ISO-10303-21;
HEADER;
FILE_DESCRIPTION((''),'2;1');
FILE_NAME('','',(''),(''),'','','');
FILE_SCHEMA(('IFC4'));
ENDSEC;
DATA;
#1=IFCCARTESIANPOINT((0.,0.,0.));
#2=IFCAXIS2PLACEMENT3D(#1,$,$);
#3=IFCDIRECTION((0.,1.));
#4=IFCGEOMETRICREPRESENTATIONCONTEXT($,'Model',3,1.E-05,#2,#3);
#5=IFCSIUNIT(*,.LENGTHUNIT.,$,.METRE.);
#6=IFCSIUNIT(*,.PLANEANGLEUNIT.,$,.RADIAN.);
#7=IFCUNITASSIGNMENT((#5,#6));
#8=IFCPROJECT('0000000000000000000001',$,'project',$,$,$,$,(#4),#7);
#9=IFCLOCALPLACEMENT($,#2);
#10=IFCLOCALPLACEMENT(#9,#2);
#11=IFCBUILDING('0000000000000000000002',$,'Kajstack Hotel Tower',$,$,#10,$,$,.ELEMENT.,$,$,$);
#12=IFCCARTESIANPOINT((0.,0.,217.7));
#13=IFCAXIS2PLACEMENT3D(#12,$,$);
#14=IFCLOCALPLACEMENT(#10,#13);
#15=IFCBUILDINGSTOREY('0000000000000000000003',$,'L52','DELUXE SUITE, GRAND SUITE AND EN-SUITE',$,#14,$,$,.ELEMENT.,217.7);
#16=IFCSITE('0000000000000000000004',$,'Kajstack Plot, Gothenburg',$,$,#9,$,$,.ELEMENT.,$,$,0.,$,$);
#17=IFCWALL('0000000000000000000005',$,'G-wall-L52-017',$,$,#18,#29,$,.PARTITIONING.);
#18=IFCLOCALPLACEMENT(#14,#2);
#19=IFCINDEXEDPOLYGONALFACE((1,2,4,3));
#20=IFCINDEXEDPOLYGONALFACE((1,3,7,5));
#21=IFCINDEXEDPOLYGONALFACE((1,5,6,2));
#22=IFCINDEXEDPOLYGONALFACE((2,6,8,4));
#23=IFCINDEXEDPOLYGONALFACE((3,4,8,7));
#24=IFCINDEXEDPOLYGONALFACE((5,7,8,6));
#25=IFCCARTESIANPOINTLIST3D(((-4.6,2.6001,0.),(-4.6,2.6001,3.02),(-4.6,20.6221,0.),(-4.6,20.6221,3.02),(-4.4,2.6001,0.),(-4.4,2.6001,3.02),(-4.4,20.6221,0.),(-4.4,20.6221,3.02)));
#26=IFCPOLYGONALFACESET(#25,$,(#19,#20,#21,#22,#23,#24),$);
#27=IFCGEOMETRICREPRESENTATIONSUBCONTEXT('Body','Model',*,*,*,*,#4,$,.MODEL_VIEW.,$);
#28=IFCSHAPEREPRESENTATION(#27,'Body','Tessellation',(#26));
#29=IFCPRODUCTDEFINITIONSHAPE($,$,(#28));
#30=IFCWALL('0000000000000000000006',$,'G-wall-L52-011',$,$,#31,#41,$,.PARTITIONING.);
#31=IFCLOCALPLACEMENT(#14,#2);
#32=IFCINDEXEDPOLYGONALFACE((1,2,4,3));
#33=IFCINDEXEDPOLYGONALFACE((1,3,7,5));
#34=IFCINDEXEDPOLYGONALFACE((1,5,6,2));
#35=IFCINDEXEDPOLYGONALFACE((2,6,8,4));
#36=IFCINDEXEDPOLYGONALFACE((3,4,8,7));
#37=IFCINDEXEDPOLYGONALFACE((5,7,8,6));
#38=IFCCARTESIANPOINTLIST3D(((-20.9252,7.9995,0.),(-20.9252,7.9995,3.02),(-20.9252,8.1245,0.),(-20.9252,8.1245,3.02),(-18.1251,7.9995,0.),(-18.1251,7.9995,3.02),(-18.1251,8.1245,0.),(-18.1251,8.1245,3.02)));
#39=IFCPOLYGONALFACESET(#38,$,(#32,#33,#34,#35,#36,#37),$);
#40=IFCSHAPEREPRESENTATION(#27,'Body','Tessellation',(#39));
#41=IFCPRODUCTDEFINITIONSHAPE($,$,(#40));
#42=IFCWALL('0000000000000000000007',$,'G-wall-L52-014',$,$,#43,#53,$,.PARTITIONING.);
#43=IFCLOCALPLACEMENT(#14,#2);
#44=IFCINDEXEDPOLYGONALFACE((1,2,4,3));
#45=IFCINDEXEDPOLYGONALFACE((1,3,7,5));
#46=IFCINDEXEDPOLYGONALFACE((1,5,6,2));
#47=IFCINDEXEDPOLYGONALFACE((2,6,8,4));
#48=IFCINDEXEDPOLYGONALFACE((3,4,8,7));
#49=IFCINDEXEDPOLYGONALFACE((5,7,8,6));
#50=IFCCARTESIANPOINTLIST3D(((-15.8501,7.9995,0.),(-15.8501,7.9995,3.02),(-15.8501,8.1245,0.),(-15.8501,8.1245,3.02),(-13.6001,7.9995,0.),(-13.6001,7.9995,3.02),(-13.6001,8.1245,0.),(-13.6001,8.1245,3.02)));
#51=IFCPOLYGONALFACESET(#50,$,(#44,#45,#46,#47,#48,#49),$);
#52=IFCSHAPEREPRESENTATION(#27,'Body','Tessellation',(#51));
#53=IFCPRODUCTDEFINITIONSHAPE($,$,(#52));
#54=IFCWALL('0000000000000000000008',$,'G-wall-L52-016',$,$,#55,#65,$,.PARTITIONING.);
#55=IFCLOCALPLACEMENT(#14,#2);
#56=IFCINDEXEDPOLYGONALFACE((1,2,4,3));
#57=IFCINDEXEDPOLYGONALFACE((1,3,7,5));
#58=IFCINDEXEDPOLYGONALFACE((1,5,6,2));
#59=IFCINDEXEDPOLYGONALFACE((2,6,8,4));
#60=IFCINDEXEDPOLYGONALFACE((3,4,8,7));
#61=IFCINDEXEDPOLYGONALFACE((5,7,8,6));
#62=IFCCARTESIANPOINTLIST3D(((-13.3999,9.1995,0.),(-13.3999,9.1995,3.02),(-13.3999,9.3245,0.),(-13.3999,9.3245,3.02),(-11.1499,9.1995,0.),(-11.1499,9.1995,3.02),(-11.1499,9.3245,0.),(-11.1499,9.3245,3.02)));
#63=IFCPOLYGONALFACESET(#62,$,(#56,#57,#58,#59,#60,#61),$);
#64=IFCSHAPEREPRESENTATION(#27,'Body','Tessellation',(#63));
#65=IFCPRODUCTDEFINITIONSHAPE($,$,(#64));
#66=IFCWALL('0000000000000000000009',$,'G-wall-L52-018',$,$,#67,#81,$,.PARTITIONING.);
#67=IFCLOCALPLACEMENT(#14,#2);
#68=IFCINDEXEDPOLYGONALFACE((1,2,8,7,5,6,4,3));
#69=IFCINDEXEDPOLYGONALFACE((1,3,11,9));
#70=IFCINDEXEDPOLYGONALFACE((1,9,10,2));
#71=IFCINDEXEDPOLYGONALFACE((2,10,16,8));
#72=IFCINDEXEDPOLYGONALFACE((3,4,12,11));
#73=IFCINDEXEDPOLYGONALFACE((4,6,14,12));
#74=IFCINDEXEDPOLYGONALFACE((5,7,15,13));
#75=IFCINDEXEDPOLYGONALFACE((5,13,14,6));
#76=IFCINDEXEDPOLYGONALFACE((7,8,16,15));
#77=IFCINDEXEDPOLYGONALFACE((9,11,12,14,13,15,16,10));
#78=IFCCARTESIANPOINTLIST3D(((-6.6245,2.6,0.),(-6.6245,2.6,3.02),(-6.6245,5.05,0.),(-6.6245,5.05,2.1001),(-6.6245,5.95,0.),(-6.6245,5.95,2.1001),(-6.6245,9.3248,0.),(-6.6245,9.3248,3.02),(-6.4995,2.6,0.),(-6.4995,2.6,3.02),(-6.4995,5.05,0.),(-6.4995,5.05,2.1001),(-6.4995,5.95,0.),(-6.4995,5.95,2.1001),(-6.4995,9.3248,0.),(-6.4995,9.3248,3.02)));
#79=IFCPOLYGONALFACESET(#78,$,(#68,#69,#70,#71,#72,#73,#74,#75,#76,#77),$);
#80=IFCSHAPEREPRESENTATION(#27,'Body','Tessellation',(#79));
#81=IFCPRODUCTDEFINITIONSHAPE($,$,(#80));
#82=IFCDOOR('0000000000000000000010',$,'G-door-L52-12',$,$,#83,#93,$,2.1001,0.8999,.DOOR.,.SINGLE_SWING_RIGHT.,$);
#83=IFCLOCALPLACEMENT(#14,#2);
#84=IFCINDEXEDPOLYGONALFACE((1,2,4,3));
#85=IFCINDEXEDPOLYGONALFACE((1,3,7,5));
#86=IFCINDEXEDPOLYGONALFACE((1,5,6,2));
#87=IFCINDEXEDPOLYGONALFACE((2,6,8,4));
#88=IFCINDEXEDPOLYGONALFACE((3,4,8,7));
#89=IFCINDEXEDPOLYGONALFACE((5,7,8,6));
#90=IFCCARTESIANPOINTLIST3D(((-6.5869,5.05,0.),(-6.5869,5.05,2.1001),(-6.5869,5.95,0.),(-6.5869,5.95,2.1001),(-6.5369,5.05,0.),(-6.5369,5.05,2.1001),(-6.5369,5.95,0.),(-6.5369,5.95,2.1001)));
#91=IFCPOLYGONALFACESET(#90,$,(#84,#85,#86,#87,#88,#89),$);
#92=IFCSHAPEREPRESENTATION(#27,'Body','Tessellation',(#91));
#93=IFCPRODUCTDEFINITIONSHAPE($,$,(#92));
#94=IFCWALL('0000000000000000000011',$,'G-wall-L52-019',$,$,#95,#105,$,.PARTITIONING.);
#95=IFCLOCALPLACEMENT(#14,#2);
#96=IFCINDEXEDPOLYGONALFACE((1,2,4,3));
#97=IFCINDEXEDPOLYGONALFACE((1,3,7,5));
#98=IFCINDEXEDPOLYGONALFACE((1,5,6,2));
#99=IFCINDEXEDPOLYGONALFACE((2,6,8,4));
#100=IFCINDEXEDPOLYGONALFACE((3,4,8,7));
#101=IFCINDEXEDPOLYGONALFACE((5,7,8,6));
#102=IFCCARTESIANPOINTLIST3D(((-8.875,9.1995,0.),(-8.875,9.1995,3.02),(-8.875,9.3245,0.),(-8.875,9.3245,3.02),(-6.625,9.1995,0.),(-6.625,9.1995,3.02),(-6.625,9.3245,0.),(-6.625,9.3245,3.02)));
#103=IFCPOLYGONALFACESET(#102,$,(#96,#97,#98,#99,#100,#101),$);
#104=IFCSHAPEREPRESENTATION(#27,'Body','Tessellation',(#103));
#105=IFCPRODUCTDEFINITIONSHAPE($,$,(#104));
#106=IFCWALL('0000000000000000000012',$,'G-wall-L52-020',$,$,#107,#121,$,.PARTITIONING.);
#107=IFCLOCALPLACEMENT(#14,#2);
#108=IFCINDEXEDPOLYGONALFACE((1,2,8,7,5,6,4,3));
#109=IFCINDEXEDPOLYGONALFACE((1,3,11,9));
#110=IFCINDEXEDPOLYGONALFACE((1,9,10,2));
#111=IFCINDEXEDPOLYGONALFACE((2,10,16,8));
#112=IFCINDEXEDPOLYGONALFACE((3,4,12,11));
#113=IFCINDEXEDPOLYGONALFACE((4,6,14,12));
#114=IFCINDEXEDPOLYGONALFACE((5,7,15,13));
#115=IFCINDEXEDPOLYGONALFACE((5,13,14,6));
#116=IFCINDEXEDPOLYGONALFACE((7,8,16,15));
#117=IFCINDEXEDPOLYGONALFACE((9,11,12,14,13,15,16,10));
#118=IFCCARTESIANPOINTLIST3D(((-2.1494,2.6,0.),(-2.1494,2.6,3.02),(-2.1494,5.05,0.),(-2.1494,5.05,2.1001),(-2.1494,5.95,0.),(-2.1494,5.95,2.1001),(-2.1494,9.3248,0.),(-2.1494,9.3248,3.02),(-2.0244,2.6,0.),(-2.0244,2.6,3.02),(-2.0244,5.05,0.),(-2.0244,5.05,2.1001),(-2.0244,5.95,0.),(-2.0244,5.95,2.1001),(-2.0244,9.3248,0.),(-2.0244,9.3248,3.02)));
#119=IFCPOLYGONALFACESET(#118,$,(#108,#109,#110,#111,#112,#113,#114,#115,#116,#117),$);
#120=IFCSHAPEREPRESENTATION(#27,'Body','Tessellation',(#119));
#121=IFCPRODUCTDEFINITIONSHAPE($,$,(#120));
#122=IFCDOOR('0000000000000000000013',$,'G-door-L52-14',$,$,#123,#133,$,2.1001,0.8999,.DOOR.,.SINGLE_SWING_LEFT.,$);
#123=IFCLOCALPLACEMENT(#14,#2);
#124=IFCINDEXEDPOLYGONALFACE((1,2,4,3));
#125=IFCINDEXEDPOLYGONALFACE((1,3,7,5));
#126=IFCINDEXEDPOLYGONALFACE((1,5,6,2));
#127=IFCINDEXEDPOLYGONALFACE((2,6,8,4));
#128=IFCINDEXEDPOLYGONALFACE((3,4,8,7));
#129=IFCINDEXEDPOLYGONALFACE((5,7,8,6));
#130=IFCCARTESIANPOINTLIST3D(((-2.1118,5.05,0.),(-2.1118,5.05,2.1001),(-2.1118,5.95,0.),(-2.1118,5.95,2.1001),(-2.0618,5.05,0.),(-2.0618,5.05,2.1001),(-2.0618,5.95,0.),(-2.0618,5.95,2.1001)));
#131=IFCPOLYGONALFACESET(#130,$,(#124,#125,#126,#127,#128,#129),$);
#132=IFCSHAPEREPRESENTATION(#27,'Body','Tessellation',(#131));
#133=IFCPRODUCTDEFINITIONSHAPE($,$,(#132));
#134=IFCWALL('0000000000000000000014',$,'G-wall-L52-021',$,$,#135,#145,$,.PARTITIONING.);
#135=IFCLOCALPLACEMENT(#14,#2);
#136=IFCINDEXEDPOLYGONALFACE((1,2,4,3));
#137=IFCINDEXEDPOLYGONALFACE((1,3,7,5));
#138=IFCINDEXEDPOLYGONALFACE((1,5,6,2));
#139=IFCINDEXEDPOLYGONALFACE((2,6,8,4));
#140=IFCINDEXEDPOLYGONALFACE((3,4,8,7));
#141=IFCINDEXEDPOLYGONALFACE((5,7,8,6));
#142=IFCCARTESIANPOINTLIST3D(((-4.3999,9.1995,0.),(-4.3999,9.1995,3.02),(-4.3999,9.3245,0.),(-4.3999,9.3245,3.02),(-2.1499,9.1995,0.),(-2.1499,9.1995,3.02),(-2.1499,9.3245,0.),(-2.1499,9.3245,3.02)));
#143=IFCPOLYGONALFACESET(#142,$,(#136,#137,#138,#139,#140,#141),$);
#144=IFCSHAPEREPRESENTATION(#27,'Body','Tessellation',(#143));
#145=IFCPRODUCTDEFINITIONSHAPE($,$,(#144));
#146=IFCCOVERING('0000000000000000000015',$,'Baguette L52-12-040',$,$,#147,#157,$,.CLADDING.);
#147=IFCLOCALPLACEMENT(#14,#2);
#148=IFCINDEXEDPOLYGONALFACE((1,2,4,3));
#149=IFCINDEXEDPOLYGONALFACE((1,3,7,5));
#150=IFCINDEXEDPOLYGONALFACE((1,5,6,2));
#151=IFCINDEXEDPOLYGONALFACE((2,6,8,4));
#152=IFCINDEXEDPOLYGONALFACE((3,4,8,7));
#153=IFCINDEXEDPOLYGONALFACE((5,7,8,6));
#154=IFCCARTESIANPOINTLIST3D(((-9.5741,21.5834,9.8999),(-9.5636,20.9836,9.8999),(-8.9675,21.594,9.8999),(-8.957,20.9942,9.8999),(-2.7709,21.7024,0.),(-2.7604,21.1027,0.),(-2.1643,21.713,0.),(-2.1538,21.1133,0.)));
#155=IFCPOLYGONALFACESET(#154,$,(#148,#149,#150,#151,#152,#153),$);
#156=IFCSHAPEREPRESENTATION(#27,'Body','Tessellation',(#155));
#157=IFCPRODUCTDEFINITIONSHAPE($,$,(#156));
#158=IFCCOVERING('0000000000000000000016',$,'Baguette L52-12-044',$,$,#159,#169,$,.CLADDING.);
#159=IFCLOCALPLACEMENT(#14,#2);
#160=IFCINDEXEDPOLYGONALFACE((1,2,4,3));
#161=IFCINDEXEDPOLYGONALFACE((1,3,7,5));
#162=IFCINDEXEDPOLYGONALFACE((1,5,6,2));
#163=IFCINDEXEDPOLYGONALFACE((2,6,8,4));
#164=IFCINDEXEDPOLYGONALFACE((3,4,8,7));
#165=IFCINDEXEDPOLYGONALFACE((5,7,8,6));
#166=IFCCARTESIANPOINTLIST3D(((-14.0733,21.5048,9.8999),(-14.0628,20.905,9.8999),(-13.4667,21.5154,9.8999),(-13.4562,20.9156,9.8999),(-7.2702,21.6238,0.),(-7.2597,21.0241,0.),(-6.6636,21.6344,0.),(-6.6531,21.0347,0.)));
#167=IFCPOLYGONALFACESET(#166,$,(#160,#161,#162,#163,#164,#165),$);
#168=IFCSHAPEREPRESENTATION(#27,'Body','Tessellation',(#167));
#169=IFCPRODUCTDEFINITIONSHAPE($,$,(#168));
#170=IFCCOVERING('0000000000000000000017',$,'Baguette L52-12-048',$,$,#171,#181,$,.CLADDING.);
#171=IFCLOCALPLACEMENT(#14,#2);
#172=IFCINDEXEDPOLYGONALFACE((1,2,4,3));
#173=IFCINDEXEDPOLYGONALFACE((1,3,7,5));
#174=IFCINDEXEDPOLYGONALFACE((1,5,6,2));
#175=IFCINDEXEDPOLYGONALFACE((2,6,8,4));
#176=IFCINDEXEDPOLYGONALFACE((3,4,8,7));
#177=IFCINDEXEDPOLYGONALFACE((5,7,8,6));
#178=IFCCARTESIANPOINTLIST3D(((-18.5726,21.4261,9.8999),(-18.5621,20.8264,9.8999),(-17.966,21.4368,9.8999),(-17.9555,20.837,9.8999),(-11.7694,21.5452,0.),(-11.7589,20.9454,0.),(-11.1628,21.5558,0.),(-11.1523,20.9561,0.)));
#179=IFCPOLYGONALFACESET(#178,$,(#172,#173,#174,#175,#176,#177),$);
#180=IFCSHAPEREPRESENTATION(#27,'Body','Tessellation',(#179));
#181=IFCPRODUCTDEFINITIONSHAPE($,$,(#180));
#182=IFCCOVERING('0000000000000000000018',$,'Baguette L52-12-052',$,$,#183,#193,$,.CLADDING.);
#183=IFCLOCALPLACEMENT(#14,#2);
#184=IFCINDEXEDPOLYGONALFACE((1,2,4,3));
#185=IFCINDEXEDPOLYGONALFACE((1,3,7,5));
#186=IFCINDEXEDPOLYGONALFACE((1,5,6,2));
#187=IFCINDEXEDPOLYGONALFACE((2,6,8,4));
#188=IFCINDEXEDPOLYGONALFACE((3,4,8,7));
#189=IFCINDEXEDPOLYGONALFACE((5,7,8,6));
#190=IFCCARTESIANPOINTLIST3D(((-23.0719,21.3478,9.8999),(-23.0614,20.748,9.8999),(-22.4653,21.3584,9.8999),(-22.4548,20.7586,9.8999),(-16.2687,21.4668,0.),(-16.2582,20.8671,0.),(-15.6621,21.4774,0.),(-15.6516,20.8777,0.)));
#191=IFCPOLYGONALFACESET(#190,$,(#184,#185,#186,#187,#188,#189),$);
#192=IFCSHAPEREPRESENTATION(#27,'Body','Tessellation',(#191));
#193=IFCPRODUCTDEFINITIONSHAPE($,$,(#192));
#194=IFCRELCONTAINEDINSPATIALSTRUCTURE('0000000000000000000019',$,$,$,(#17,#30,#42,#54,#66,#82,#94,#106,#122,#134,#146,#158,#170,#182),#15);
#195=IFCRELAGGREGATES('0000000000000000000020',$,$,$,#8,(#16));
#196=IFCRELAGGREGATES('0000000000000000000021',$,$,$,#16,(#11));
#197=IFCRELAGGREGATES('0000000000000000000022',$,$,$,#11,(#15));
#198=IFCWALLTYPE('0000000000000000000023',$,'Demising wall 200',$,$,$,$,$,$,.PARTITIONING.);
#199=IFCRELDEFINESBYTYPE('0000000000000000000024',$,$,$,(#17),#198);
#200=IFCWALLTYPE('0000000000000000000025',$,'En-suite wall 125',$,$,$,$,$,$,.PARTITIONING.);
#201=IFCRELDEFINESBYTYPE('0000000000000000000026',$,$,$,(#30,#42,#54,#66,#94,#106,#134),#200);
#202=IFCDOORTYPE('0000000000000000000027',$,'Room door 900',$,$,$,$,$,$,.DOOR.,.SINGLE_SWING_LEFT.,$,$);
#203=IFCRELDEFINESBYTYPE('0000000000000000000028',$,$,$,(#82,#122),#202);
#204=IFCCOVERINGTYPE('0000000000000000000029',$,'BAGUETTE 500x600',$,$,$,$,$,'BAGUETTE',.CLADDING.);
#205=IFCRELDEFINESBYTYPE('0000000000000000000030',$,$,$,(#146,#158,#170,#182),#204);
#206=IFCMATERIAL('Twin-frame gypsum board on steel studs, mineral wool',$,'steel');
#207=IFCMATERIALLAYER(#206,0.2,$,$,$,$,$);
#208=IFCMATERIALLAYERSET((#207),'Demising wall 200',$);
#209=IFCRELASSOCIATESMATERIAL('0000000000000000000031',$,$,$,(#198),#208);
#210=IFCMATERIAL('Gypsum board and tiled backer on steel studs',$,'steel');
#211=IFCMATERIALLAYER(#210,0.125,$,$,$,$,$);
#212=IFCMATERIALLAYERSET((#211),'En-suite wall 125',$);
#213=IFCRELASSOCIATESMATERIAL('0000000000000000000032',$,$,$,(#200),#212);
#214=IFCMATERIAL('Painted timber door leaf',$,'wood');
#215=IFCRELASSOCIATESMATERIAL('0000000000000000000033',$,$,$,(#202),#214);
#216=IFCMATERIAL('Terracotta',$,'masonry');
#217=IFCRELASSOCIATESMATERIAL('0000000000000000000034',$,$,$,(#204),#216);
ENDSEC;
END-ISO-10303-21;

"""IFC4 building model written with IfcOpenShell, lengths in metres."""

from ifc_helpers import new_model, si_unit, direction, frame, frame_2d, origin, origin_2d, place, context, subcontext, project, spatial, polyline, rectangle, outline, extrude, material, layer, layer_set, material_profile, profile_set, type_object, element, fill, save


model = new_model("IFC4")

# Units and contexts
model_context = context("Model", 3, precision=1e-05, world=origin(), true_north=direction((0.0, 1.0)))
body_context = subcontext(model_context, "Body", "Model", "MODEL_VIEW")
ifc_project = project(units=[si_unit("LENGTHUNIT", "METRE"), si_unit("PLANEANGLEUNIT", "RADIAN")], contexts=[model_context])

# Site, building, storey
site_placement = place(None, origin())
site = spatial("IfcSite", under=ifc_project, at=site_placement, Name="Kajstack Plot, Gothenburg", CompositionType="ELEMENT", RefElevation=0.0)
building_placement = place(site_placement, origin())
building = spatial("IfcBuilding", under=site, at=building_placement, Name="Kajstack Hotel Tower", CompositionType="ELEMENT")
storey_placement = place(building_placement, frame((0.0, 0.0, 217.7)))
storey = spatial("IfcBuildingStorey", under=building, at=storey_placement, Name="L52", Description="DELUXE SUITE, GRAND SUITE AND EN-SUITE", CompositionType="ELEMENT", Elevation=217.7)

# Walls
ifc_material_1 = material(Name="Twin-frame gypsum board on steel studs, mineral wool", Category="steel")
ifc_layer_1 = layer(ifc_material_1, 0.2)
ifc_layer_set_1 = layer_set([ifc_layer_1], Name="Demising wall 200")
wall_type_1 = type_object("IfcWallType", Name="Demising wall 200", PredefinedType="PARTITIONING", material=ifc_layer_set_1)
wall_1_placement = place(storey_placement, frame((-4.5, 2.6001, 0.0), z_axis=(0.0, 0.0, 1.0), x_axis=(0.0, 1.0, 0.0)))
element("IfcWall", 1, at=wall_1_placement, inside=storey, type_object=wall_type_1, Name="G-wall-L52-017", PredefinedType="PARTITIONING", context=body_context, shape_type="SweptSolid", body=[
    extrude(rectangle(XDim=18.022, YDim=0.2, at=frame_2d((9.011, 0.0))), origin(), (0.0, 0.0, 1.0), 3.02),
])
ifc_material_2 = material(Name="Gypsum board and tiled backer on steel studs", Category="steel")
ifc_layer_2 = layer(ifc_material_2, 0.125)
ifc_layer_set_2 = layer_set([ifc_layer_2], Name="En-suite wall 125")
wall_type_2 = type_object("IfcWallType", Name="En-suite wall 125", PredefinedType="PARTITIONING", material=ifc_layer_set_2)
wall_2_placement = place(storey_placement, frame((-20.925, 8.062, 0.0), z_axis=(0.0, 0.0, 1.0), x_axis=(1.0, 0.0, 0.0)))
element("IfcWall", 2, at=wall_2_placement, inside=storey, type_object=wall_type_2, Name="G-wall-L52-011", PredefinedType="PARTITIONING", context=body_context, shape_type="SweptSolid", body=[
    extrude(rectangle(XDim=2.8, YDim=0.125, at=frame_2d((1.3999, 0.0))), origin(), (0.0, 0.0, 1.0), 3.02),
])
for number, where, z_axis, x_axis, name in (
    (3, (-15.8501, 8.062, 0.0), (0.0, 0.0, 1.0), (1.0, 0.0, 0.0), "G-wall-L52-014"),
    (4, (-13.3999, 9.262, 0.0), (0.0, 0.0, 1.0), (1.0, 0.0, 0.0), "G-wall-L52-016"),
):
    element("IfcWall", number, at=place(storey_placement, frame(where, z_axis=z_axis, x_axis=x_axis)), inside=storey, type_object=wall_type_2, Name=name, PredefinedType="PARTITIONING", context=body_context, shape_type="SweptSolid", body=[
        extrude(rectangle(XDim=2.25, YDim=0.125, at=frame_2d((1.125, 0.0))), origin(), (0.0, 0.0, 1.0), 3.02),
    ])

# Wall, opening, door
wall_3_placement = place(storey_placement, frame((-6.562, 2.6001, 0.0), z_axis=(0.0, 0.0, 1.0), x_axis=(0.0, 1.0, 0.0)))
wall_3 = element("IfcWall", 5, at=wall_3_placement, inside=storey, type_object=wall_type_2, Name="G-wall-L52-018", PredefinedType="PARTITIONING", context=body_context, shape_type="SweptSolid", body=[
    extrude(rectangle(XDim=6.7249, YDim=0.125, at=frame_2d((3.3623, 0.0))), origin(), (0.0, 0.0, 1.0), 3.02),
])
opening_1_placement = place(wall_3_placement, frame((2.45, 0.0, 0.0)))
opening_1 = element("IfcOpeningElement", 6, at=opening_1_placement, cuts=wall_3, PredefinedType="OPENING", context=body_context, shape_type="SweptSolid", body=[
    extrude(rectangle(XDim=0.8999, YDim=2.1001, at=frame_2d((0.45, 1.05))), frame((0.0, 0.0725, 0.0), z_axis=(0.0, -1.0, 0.0), x_axis=(1.0, 0.0, 0.0)), (0.0, 0.0, 1.0), 0.145),
])
ifc_material_3 = material(Name="Painted timber door leaf", Category="wood")
door_type = type_object("IfcDoorType", Name="Room door 900", OperationType="SINGLE_SWING_LEFT", PredefinedType="DOOR", material=ifc_material_3)
door_1_placement = place(opening_1_placement, origin())
door_1 = element("IfcDoor", 7, at=door_1_placement, inside=storey, type_object=door_type, Name="G-door-L52-12", OperationType="SINGLE_SWING_RIGHT", OverallHeight=2.1001, OverallWidth=0.8999, PredefinedType="DOOR", context=body_context, shape_type="SweptSolid", body=[
    extrude(rectangle(XDim=0.8999, YDim=2.1001, at=frame_2d((0.45, 1.05))), frame((0.0, 0.0249, 0.0), z_axis=(0.0, -1.0, 0.0), x_axis=(1.0, 0.0, 0.0)), (0.0, 0.0, 1.0), 0.05),
])
fill(opening_1, door_1)

# Wall
wall_4_placement = place(storey_placement, frame((-8.875, 9.262, 0.0), z_axis=(0.0, 0.0, 1.0), x_axis=(1.0, 0.0, 0.0)))
element("IfcWall", 8, at=wall_4_placement, inside=storey, type_object=wall_type_2, Name="G-wall-L52-019", PredefinedType="PARTITIONING", context=body_context, shape_type="SweptSolid", body=[
    extrude(rectangle(XDim=2.25, YDim=0.125, at=frame_2d((1.125, 0.0))), origin(), (0.0, 0.0, 1.0), 3.02),
])

# Wall, opening, door
wall_5_placement = place(storey_placement, frame((-2.0869, 2.6001, 0.0), z_axis=(0.0, 0.0, 1.0), x_axis=(0.0, 1.0, 0.0)))
wall_5 = element("IfcWall", 9, at=wall_5_placement, inside=storey, type_object=wall_type_2, Name="G-wall-L52-020", PredefinedType="PARTITIONING", context=body_context, shape_type="SweptSolid", body=[
    extrude(rectangle(XDim=6.7249, YDim=0.125, at=frame_2d((3.3623, 0.0))), origin(), (0.0, 0.0, 1.0), 3.02),
])
opening_2_placement = place(wall_5_placement, frame((2.45, 0.0, 0.0)))
opening_2 = element("IfcOpeningElement", 10, at=opening_2_placement, cuts=wall_5, PredefinedType="OPENING", context=body_context, shape_type="SweptSolid", body=[
    extrude(rectangle(XDim=0.8999, YDim=2.1001, at=frame_2d((0.45, 1.05))), frame((0.0, 0.0725, 0.0), z_axis=(0.0, -1.0, 0.0), x_axis=(1.0, 0.0, 0.0)), (0.0, 0.0, 1.0), 0.145),
])
door_2_placement = place(opening_2_placement, origin())
door_2 = element("IfcDoor", 11, at=door_2_placement, inside=storey, type_object=door_type, Name="G-door-L52-14", OperationType="SINGLE_SWING_LEFT", OverallHeight=2.1001, OverallWidth=0.8999, PredefinedType="DOOR", context=body_context, shape_type="SweptSolid", body=[
    extrude(rectangle(XDim=0.8999, YDim=2.1001, at=frame_2d((0.45, 1.05))), frame((0.0, 0.0249, 0.0), z_axis=(0.0, -1.0, 0.0), x_axis=(1.0, 0.0, 0.0)), (0.0, 0.0, 1.0), 0.05),
])
fill(opening_2, door_2)

# Wall
wall_6_placement = place(storey_placement, frame((-4.3999, 9.262, 0.0), z_axis=(0.0, 0.0, 1.0), x_axis=(1.0, 0.0, 0.0)))
element("IfcWall", 12, at=wall_6_placement, inside=storey, type_object=wall_type_2, Name="G-wall-L52-021", PredefinedType="PARTITIONING", context=body_context, shape_type="SweptSolid", body=[
    extrude(rectangle(XDim=2.25, YDim=0.125, at=frame_2d((1.125, 0.0))), origin(), (0.0, 0.0, 1.0), 3.02),
])

# Coverings
ifc_material_4 = material(Name="Terracotta", Category="masonry")
ifc_material_profile = material_profile(ifc_material_4, rectangle(XDim=0.6001, YDim=0.5, at=origin_2d()), Name="Terracotta-clad concrete baguette 500 x 600")
ifc_profile_set = profile_set([ifc_material_profile], Name="Terracotta")
covering_type = type_object("IfcCoveringType", Name="BAGUETTE 500x600", ElementType="BAGUETTE", PredefinedType="CLADDING", material=ifc_profile_set)
for number, where, z_axis, x_axis, name in (
    (13, (-2.1538, 21.1133, 0.0), (-0.017498, 0.999847, 0.0), (-0.999847, -0.017498, 0.0), "Baguette L52-12-040"),
    (14, (-6.6531, 21.0347, 0.0), (-0.017498, 0.999847, 0.0), (-0.999847, -0.017498, 0.0), "Baguette L52-12-044"),
    (15, (-11.1523, 20.9561, 0.0), (-0.017498, 0.999847, 0.0), (-0.999847, -0.017498, 0.0), "Baguette L52-12-048"),
    (16, (-15.6516, 20.8777, 0.0), (-0.017498, 0.999847, 0.0), (-0.999847, -0.017498, 0.0), "Baguette L52-12-052"),
):
    element("IfcCovering", number, at=place(storey_placement, frame(where, z_axis=z_axis, x_axis=x_axis)), inside=storey, type_object=covering_type, Name=name, PredefinedType="CLADDING", context=body_context, shape_type="SweptSolid", body=[
        extrude(outline(polyline([(6.8042, 9.8999), (0.0, 0.0), (0.6067, 0.0), (7.4109, 9.8999), (6.8042, 9.8999)])), origin(), (0.0, 0.0, 1.0), 0.5999),
    ])

save(model, "model.ifc")
